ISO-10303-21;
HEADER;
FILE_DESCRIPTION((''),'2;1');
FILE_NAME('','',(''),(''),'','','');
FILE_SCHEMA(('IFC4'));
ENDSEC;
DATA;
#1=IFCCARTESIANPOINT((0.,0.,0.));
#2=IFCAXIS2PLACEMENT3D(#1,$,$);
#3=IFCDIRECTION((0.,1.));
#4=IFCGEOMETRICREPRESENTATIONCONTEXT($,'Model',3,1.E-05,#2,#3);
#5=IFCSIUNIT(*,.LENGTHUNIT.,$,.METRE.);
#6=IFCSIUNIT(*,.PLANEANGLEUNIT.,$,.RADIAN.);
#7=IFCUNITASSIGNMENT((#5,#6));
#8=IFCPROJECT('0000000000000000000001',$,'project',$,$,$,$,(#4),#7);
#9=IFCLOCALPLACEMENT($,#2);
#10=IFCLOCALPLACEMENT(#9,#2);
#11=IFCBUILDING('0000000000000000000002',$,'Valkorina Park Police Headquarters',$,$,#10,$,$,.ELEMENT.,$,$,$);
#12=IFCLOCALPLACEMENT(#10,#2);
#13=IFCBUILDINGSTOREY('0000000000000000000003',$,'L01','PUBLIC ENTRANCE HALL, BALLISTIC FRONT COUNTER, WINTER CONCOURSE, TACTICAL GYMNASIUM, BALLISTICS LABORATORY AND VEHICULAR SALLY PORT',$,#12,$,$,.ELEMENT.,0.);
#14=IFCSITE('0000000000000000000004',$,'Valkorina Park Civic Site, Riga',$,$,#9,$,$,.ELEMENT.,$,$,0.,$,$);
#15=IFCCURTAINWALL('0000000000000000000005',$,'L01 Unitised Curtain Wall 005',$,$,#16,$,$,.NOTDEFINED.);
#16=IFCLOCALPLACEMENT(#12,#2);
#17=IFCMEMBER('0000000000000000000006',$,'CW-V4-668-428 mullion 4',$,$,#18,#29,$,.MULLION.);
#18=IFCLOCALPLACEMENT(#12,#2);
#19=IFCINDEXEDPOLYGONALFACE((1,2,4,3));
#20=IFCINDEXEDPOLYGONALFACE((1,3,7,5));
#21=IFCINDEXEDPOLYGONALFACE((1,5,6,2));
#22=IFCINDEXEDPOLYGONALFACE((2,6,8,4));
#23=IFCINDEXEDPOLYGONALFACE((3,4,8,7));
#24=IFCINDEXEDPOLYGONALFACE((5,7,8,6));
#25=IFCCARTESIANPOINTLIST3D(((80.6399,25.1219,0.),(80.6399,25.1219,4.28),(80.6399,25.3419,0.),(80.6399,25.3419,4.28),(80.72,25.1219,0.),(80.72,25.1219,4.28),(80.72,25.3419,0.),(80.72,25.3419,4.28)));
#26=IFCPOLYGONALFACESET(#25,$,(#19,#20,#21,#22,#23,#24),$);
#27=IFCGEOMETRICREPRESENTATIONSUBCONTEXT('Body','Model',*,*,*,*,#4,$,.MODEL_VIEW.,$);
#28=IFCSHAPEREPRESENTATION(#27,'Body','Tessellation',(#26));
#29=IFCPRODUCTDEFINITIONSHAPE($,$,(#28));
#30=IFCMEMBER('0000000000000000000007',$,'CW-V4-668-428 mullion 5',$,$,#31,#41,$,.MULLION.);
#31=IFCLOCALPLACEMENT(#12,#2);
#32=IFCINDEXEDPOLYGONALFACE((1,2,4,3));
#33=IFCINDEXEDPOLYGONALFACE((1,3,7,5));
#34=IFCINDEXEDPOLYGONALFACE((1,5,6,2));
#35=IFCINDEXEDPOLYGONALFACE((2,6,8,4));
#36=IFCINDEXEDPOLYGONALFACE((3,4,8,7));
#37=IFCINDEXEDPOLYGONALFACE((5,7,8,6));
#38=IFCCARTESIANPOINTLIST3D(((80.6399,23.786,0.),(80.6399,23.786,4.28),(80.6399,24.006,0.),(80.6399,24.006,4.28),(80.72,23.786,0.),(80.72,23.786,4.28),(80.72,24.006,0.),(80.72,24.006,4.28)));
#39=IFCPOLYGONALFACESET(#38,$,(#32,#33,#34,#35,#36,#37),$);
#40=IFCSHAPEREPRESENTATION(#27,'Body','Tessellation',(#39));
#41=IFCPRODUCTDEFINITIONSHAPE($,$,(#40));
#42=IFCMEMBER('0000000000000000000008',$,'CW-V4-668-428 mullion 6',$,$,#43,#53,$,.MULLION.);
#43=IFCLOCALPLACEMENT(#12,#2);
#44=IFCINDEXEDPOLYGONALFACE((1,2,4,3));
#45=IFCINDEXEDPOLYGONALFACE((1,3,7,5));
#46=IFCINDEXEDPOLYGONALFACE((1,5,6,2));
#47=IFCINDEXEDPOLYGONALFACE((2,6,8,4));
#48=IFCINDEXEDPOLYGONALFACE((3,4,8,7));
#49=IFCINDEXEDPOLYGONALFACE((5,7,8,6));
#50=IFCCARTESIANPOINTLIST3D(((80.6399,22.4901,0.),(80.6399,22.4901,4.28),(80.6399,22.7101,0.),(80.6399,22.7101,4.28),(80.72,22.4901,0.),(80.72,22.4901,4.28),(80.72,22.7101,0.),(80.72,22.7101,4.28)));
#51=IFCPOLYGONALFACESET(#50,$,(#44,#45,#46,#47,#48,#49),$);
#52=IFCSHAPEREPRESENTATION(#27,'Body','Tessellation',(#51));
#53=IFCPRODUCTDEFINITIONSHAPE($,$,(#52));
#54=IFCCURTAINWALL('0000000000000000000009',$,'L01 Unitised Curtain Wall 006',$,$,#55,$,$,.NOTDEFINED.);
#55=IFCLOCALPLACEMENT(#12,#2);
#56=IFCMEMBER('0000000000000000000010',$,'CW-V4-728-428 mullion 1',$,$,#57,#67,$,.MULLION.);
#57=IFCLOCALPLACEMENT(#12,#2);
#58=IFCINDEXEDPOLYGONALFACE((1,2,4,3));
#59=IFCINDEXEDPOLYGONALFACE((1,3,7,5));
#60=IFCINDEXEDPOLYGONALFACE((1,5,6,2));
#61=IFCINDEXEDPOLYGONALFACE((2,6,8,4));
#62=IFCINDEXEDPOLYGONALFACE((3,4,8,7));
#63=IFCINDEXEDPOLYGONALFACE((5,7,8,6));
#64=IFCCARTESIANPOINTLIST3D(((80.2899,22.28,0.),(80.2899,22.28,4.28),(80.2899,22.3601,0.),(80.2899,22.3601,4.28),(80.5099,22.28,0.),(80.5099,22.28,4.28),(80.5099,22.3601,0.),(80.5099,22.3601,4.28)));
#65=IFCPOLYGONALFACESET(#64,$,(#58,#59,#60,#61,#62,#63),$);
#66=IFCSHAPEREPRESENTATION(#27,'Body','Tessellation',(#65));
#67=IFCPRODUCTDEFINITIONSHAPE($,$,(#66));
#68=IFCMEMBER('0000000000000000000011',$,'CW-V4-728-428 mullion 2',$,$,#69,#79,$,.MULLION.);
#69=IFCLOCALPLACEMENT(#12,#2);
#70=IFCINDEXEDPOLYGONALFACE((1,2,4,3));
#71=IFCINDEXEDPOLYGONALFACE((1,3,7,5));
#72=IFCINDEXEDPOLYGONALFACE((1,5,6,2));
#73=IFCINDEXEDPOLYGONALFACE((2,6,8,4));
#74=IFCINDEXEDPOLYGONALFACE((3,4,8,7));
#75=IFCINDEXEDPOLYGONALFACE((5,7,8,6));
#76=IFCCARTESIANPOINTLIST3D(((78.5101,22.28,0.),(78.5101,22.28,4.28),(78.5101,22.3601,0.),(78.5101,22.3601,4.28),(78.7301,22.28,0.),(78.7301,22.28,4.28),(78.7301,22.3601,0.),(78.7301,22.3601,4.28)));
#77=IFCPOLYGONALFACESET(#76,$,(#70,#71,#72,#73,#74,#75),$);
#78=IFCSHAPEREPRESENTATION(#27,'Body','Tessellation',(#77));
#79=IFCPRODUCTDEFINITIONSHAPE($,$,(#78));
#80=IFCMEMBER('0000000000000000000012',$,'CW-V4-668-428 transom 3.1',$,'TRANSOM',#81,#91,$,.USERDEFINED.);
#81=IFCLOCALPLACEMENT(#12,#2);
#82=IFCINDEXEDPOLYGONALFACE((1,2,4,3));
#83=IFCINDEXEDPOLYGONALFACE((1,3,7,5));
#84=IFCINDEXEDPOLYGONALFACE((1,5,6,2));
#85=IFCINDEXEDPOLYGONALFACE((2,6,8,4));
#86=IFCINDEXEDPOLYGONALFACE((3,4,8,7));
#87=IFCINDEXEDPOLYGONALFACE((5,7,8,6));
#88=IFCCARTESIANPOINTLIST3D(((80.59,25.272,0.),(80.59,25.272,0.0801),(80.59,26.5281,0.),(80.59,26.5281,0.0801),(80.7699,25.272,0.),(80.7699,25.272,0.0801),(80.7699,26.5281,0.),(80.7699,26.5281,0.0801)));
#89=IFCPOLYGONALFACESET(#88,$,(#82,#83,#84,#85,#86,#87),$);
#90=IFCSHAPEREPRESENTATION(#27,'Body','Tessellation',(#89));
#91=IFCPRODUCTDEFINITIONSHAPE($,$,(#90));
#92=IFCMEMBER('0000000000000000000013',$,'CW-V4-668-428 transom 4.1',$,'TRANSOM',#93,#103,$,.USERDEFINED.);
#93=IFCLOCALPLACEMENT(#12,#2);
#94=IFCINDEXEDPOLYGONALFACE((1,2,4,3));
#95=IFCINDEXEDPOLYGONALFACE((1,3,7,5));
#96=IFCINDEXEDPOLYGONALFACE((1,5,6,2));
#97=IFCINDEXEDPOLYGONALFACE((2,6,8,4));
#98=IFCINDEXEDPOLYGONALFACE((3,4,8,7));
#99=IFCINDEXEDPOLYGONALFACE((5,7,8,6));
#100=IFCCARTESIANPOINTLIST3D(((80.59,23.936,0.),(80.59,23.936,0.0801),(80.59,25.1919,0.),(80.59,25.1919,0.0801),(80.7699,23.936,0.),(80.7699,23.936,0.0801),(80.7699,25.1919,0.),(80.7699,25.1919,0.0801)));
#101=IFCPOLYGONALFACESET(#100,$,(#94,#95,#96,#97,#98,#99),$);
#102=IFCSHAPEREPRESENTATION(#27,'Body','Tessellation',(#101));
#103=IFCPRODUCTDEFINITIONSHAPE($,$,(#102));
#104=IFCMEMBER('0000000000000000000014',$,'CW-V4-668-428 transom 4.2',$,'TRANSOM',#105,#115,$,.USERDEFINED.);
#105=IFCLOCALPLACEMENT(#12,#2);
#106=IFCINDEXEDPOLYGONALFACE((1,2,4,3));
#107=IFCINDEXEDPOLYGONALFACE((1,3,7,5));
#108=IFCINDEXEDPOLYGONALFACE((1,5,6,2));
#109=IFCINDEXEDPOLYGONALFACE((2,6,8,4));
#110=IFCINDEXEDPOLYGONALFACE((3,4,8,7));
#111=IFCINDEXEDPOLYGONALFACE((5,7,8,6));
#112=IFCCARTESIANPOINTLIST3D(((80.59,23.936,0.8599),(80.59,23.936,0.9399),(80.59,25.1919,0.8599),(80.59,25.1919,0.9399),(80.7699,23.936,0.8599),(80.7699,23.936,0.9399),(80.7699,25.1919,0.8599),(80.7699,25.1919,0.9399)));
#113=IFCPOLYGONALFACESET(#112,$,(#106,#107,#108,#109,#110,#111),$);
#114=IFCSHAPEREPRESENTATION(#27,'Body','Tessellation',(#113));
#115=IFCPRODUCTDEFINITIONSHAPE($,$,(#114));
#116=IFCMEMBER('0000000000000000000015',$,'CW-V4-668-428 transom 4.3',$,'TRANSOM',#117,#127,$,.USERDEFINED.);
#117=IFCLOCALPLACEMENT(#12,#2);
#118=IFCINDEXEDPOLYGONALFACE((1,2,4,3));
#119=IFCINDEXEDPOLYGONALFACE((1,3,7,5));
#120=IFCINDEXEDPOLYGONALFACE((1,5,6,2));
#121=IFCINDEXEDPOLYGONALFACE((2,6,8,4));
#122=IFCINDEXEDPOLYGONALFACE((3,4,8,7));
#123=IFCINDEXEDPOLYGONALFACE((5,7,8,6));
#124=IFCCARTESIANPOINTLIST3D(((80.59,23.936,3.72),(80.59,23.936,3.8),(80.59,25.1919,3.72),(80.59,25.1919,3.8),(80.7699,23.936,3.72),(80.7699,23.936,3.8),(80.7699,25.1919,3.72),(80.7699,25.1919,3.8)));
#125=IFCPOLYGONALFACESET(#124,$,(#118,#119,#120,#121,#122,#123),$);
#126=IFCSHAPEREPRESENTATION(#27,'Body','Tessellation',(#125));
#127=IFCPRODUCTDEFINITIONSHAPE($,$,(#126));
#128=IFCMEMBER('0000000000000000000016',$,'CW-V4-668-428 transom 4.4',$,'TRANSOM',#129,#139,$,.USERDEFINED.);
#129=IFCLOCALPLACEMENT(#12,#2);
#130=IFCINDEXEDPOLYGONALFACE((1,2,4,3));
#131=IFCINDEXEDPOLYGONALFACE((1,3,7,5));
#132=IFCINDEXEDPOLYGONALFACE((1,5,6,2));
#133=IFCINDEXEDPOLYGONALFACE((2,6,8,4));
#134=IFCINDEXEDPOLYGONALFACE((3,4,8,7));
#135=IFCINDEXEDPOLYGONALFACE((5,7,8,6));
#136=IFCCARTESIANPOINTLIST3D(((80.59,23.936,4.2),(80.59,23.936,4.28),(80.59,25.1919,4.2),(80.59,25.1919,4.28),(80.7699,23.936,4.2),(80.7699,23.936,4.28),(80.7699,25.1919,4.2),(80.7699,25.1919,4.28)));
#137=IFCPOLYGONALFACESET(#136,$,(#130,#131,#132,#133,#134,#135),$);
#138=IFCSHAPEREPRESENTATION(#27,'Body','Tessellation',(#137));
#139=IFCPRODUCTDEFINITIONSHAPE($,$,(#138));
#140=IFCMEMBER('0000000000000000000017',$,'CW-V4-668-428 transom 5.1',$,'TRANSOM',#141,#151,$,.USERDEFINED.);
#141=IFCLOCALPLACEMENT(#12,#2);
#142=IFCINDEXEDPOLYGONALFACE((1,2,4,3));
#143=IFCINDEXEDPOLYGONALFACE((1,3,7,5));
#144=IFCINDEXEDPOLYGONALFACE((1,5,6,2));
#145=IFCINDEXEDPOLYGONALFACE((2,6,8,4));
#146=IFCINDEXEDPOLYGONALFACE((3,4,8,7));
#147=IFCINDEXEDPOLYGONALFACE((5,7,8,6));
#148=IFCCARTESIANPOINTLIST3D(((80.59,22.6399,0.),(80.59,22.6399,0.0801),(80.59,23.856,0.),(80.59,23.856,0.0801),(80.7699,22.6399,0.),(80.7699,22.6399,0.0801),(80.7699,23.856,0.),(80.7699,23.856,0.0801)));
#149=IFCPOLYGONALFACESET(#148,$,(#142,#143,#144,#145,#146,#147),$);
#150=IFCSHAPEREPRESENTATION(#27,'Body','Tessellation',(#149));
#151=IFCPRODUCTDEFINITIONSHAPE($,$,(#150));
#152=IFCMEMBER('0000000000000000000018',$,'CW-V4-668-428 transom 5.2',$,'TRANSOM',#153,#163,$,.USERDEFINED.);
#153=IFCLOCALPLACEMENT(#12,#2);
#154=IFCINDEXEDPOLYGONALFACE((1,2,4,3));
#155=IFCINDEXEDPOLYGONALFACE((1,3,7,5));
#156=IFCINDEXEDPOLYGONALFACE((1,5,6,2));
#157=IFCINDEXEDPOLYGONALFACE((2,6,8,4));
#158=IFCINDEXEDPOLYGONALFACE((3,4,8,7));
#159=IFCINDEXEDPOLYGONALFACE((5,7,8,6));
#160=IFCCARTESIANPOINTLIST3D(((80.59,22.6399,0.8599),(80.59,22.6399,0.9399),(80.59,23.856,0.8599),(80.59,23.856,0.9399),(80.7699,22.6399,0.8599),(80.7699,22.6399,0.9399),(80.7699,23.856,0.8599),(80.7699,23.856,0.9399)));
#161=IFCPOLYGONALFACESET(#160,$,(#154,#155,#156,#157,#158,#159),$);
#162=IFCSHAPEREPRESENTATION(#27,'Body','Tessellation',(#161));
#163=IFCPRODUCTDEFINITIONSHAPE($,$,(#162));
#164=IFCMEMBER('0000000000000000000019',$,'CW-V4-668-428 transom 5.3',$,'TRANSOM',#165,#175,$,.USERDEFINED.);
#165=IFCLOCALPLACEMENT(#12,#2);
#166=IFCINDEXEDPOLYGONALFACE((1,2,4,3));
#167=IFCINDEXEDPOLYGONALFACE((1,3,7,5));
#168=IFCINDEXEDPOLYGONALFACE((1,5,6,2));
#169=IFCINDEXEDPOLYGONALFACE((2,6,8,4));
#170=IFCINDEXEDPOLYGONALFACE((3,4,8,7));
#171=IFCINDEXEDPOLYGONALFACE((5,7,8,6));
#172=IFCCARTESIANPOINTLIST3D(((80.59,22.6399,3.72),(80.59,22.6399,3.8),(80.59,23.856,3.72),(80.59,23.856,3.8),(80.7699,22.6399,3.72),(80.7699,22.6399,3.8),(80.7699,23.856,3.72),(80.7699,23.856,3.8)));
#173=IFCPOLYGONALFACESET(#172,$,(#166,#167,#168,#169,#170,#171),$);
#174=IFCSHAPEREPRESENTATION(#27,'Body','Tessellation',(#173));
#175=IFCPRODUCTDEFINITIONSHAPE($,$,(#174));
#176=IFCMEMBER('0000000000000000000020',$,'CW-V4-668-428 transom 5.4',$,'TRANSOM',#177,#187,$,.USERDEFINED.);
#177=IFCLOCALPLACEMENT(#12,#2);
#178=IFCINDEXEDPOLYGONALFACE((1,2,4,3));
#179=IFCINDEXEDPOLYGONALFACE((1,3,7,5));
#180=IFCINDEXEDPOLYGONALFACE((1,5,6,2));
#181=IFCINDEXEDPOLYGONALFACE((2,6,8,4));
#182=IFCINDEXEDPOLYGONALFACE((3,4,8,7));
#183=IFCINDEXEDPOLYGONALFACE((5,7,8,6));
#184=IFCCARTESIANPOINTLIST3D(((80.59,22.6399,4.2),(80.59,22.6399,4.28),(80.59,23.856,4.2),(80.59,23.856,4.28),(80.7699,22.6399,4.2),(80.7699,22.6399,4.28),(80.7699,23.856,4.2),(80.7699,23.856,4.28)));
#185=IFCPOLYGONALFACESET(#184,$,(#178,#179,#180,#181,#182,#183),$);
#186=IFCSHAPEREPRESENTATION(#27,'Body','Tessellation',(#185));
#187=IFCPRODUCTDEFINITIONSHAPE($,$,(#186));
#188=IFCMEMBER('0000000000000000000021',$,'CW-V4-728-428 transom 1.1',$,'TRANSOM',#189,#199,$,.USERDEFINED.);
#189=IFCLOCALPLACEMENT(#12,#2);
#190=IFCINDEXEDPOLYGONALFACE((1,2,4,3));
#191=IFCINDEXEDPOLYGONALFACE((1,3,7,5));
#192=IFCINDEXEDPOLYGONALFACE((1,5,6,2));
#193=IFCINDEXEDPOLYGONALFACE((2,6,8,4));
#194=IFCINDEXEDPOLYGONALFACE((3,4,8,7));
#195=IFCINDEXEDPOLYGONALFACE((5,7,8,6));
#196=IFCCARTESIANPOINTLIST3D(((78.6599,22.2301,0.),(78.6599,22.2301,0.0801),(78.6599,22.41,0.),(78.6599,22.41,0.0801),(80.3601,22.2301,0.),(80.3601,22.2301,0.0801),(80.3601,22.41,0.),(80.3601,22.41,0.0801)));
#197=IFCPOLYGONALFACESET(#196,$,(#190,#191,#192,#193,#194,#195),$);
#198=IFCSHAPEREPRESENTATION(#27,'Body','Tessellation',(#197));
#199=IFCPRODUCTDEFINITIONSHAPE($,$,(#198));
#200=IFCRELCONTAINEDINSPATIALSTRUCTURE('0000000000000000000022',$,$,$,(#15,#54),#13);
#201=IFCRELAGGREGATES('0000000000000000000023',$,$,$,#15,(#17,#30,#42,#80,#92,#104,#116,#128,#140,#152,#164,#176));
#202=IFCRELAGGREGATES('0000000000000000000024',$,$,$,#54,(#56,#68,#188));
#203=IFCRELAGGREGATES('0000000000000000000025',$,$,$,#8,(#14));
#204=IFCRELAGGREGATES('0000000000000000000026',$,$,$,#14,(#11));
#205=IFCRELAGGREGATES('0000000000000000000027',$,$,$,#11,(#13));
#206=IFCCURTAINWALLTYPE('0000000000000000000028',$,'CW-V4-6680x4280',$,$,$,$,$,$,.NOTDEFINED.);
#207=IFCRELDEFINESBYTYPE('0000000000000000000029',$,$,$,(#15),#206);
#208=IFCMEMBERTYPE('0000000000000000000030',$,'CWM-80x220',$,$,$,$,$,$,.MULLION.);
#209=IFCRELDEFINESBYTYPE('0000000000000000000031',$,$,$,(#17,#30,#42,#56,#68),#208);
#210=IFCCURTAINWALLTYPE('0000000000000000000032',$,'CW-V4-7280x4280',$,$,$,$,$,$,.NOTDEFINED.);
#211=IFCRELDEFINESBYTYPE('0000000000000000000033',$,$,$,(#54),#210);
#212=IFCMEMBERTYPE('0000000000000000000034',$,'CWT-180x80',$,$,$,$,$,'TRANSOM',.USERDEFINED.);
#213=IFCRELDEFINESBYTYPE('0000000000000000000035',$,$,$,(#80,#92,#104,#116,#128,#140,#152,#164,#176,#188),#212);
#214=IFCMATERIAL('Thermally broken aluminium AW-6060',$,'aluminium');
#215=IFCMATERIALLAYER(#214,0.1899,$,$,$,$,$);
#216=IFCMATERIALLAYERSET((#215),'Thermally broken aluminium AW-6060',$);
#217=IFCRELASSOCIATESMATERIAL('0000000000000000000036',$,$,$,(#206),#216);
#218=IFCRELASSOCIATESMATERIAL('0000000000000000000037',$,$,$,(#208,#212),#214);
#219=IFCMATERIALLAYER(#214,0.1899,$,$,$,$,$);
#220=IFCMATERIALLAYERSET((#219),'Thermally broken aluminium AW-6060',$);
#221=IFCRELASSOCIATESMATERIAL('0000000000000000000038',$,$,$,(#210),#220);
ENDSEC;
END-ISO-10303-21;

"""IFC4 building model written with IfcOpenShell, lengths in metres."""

from ifc_helpers import new_model, si_unit, direction, frame, origin, origin_2d, place, context, subcontext, project, spatial, rectangle, extrude, material, layer, layer_set, material_profile, profile_set, type_object, element, aggregate, save


model = new_model("IFC4")

# Units and contexts
model_context = context("Model", 3, precision=1e-05, world=origin(), true_north=direction((0.0, 1.0)))
body_context = subcontext(model_context, "Body", "Model", "MODEL_VIEW")
ifc_project = project(units=[si_unit("LENGTHUNIT", "METRE"), si_unit("PLANEANGLEUNIT", "RADIAN")], contexts=[model_context])

# Site, building, storey
site_placement = place(None, origin())
site = spatial("IfcSite", under=ifc_project, at=site_placement, Name="Valkorina Park Civic Site, Riga", CompositionType="ELEMENT", RefElevation=0.0)
building_placement = place(site_placement, origin())
building = spatial("IfcBuilding", under=site, at=building_placement, Name="Valkorina Park Police Headquarters", CompositionType="ELEMENT")
storey_placement = place(building_placement, origin())
storey = spatial("IfcBuildingStorey", under=building, at=storey_placement, Name="L01", Description="PUBLIC ENTRANCE HALL, BALLISTIC FRONT COUNTER, WINTER CONCOURSE, TACTICAL GYMNASIUM, BALLISTICS LABORATORY AND VEHICULAR SALLY PORT", CompositionType="ELEMENT", Elevation=0.0)

# Curtain walls, members
ifc_material_1 = material(Name="Thermally broken aluminium AW-6060", Category="aluminium")
ifc_layer_1 = layer(ifc_material_1, 0.1899)
ifc_layer_set_1 = layer_set([ifc_layer_1], Name="Thermally broken aluminium AW-6060")
curtain_wall_type_1 = type_object("IfcCurtainWallType", Name="CW-V4-6680x4280", PredefinedType="NOTDEFINED", material=ifc_layer_set_1)
curtain_wall_1_placement = place(storey_placement, origin())
curtain_wall_1 = element("IfcCurtainWall", 1, at=curtain_wall_1_placement, inside=storey, type_object=curtain_wall_type_1, Name="L01 Unitised Curtain Wall 005", PredefinedType="NOTDEFINED")
ifc_material_profile_1 = material_profile(ifc_material_1, rectangle(XDim=0.0801, YDim=0.22, at=origin_2d()), Name="CWM-03 80x220")
ifc_profile_set_1 = profile_set([ifc_material_profile_1], Name="Thermally broken aluminium AW-6060")
member_type_1 = type_object("IfcMemberType", Name="CWM-80x220", PredefinedType="MULLION", material=ifc_profile_set_1)
member_1_placement = place(storey_placement, frame((80.6799, 25.2319, 0.0), z_axis=(0.0, 0.0, 1.0), x_axis=(1.0, 0.0, 0.0)))
member_1 = element("IfcMember", 2, at=member_1_placement, type_object=member_type_1, Name="CW-V4-668-428 mullion 4", PredefinedType="MULLION", context=body_context, shape_type="SweptSolid", body=[
    extrude(rectangle(XDim=0.0801, YDim=0.22, at=origin_2d()), origin(), (0.0, 0.0, 1.0), 4.28),
])
member_2_placement = place(storey_placement, frame((80.6799, 23.896, 0.0), z_axis=(0.0, 0.0, 1.0), x_axis=(1.0, 0.0, 0.0)))
member_2 = element("IfcMember", 3, at=member_2_placement, type_object=member_type_1, Name="CW-V4-668-428 mullion 5", PredefinedType="MULLION", context=body_context, shape_type="SweptSolid", body=[
    extrude(rectangle(XDim=0.0801, YDim=0.22, at=origin_2d()), origin(), (0.0, 0.0, 1.0), 4.28),
])
member_3_placement = place(storey_placement, frame((80.6799, 22.6001, 0.0), z_axis=(0.0, 0.0, 1.0), x_axis=(1.0, 0.0, 0.0)))
member_3 = element("IfcMember", 4, at=member_3_placement, type_object=member_type_1, Name="CW-V4-668-428 mullion 6", PredefinedType="MULLION", context=body_context, shape_type="SweptSolid", body=[
    extrude(rectangle(XDim=0.0801, YDim=0.22, at=origin_2d()), origin(), (0.0, 0.0, 1.0), 4.28),
])
ifc_layer_2 = layer(ifc_material_1, 0.1899)
ifc_layer_set_2 = layer_set([ifc_layer_2], Name="Thermally broken aluminium AW-6060")
curtain_wall_type_2 = type_object("IfcCurtainWallType", Name="CW-V4-7280x4280", PredefinedType="NOTDEFINED", material=ifc_layer_set_2)
curtain_wall_2_placement = place(storey_placement, origin())
curtain_wall_2 = element("IfcCurtainWall", 5, at=curtain_wall_2_placement, inside=storey, type_object=curtain_wall_type_2, Name="L01 Unitised Curtain Wall 006", PredefinedType="NOTDEFINED")
member_4_placement = place(storey_placement, frame((80.3999, 22.3201, 0.0), z_axis=(0.0, 0.0, 1.0), x_axis=(0.0, -1.0, 0.0)))
member_4 = element("IfcMember", 6, at=member_4_placement, type_object=member_type_1, Name="CW-V4-728-428 mullion 1", PredefinedType="MULLION", context=body_context, shape_type="SweptSolid", body=[
    extrude(rectangle(XDim=0.0801, YDim=0.22, at=origin_2d()), origin(), (0.0, 0.0, 1.0), 4.28),
])
member_5_placement = place(storey_placement, frame((78.6201, 22.3201, 0.0), z_axis=(0.0, 0.0, 1.0), x_axis=(0.0, -1.0, 0.0)))
member_5 = element("IfcMember", 7, at=member_5_placement, type_object=member_type_1, Name="CW-V4-728-428 mullion 2", PredefinedType="MULLION", context=body_context, shape_type="SweptSolid", body=[
    extrude(rectangle(XDim=0.0801, YDim=0.22, at=origin_2d()), origin(), (0.0, 0.0, 1.0), 4.28),
])

# Members
ifc_material_profile_2 = material_profile(ifc_material_1, rectangle(XDim=0.1799, YDim=0.0801, at=origin_2d()), Name="CWT-03 180x80")
ifc_profile_set_2 = profile_set([ifc_material_profile_2], Name="Thermally broken aluminium AW-6060")
member_type_2 = type_object("IfcMemberType", Name="CWT-180x80", ElementType="TRANSOM", PredefinedType="USERDEFINED", material=ifc_profile_set_2)
member_6_placement = place(storey_placement, frame((80.6799, 26.5281, 0.04), z_axis=(0.0, -1.0, 0.0), x_axis=(1.0, 0.0, 0.0)))
member_6 = element("IfcMember", 8, at=member_6_placement, type_object=member_type_2, Name="CW-V4-668-428 transom 3.1", ObjectType="TRANSOM", PredefinedType="USERDEFINED", context=body_context, shape_type="SweptSolid", body=[
    extrude(rectangle(XDim=0.1799, YDim=0.0801, at=origin_2d()), origin(), (0.0, 0.0, 1.0), 1.2561),
])
member_7_placement = place(storey_placement, frame((80.6799, 25.1919, 0.04), z_axis=(0.0, -1.0, 0.0), x_axis=(1.0, 0.0, 0.0)))
member_7 = element("IfcMember", 9, at=member_7_placement, type_object=member_type_2, Name="CW-V4-668-428 transom 4.1", ObjectType="TRANSOM", PredefinedType="USERDEFINED", context=body_context, shape_type="SweptSolid", body=[
    extrude(rectangle(XDim=0.1799, YDim=0.0801, at=origin_2d()), origin(), (0.0, 0.0, 1.0), 1.2559),
])
member_8_placement = place(storey_placement, frame((80.6799, 25.1919, 0.8999), z_axis=(0.0, -1.0, 0.0), x_axis=(1.0, 0.0, 0.0)))
member_8 = element("IfcMember", 10, at=member_8_placement, type_object=member_type_2, Name="CW-V4-668-428 transom 4.2", ObjectType="TRANSOM", PredefinedType="USERDEFINED", context=body_context, shape_type="SweptSolid", body=[
    extrude(rectangle(XDim=0.1799, YDim=0.0801, at=origin_2d()), origin(), (0.0, 0.0, 1.0), 1.2559),
])
member_9_placement = place(storey_placement, frame((80.6799, 25.1919, 3.76), z_axis=(0.0, -1.0, 0.0), x_axis=(1.0, 0.0, 0.0)))
member_9 = element("IfcMember", 11, at=member_9_placement, type_object=member_type_2, Name="CW-V4-668-428 transom 4.3", ObjectType="TRANSOM", PredefinedType="USERDEFINED", context=body_context, shape_type="SweptSolid", body=[
    extrude(rectangle(XDim=0.1799, YDim=0.0801, at=origin_2d()), origin(), (0.0, 0.0, 1.0), 1.2559),
])
member_10_placement = place(storey_placement, frame((80.6799, 25.1919, 4.24), z_axis=(0.0, -1.0, 0.0), x_axis=(1.0, 0.0, 0.0)))
member_10 = element("IfcMember", 12, at=member_10_placement, type_object=member_type_2, Name="CW-V4-668-428 transom 4.4", ObjectType="TRANSOM", PredefinedType="USERDEFINED", context=body_context, shape_type="SweptSolid", body=[
    extrude(rectangle(XDim=0.1799, YDim=0.0801, at=origin_2d()), origin(), (0.0, 0.0, 1.0), 1.2559),
])
member_11_placement = place(storey_placement, frame((80.6799, 23.856, 0.04), z_axis=(0.0, -1.0, 0.0), x_axis=(1.0, 0.0, 0.0)))
member_11 = element("IfcMember", 13, at=member_11_placement, type_object=member_type_2, Name="CW-V4-668-428 transom 5.1", ObjectType="TRANSOM", PredefinedType="USERDEFINED", context=body_context, shape_type="SweptSolid", body=[
    extrude(rectangle(XDim=0.1799, YDim=0.0801, at=origin_2d()), origin(), (0.0, 0.0, 1.0), 1.2161),
])
member_12_placement = place(storey_placement, frame((80.6799, 23.856, 0.8999), z_axis=(0.0, -1.0, 0.0), x_axis=(1.0, 0.0, 0.0)))
member_12 = element("IfcMember", 14, at=member_12_placement, type_object=member_type_2, Name="CW-V4-668-428 transom 5.2", ObjectType="TRANSOM", PredefinedType="USERDEFINED", context=body_context, shape_type="SweptSolid", body=[
    extrude(rectangle(XDim=0.1799, YDim=0.0801, at=origin_2d()), origin(), (0.0, 0.0, 1.0), 1.2161),
])
member_13_placement = place(storey_placement, frame((80.6799, 23.856, 3.76), z_axis=(0.0, -1.0, 0.0), x_axis=(1.0, 0.0, 0.0)))
member_13 = element("IfcMember", 15, at=member_13_placement, type_object=member_type_2, Name="CW-V4-668-428 transom 5.3", ObjectType="TRANSOM", PredefinedType="USERDEFINED", context=body_context, shape_type="SweptSolid", body=[
    extrude(rectangle(XDim=0.1799, YDim=0.0801, at=origin_2d()), origin(), (0.0, 0.0, 1.0), 1.2161),
])
member_14_placement = place(storey_placement, frame((80.6799, 23.856, 4.24), z_axis=(0.0, -1.0, 0.0), x_axis=(1.0, 0.0, 0.0)))
member_14 = element("IfcMember", 16, at=member_14_placement, type_object=member_type_2, Name="CW-V4-668-428 transom 5.4", ObjectType="TRANSOM", PredefinedType="USERDEFINED", context=body_context, shape_type="SweptSolid", body=[
    extrude(rectangle(XDim=0.1799, YDim=0.0801, at=origin_2d()), origin(), (0.0, 0.0, 1.0), 1.2161),
])
member_15_placement = place(storey_placement, frame((80.3601, 22.3201, 0.04), z_axis=(-1.0, 0.0, 0.0), x_axis=(0.0, -1.0, 0.0)))
member_15 = element("IfcMember", 17, at=member_15_placement, type_object=member_type_2, Name="CW-V4-728-428 transom 1.1", ObjectType="TRANSOM", PredefinedType="USERDEFINED", context=body_context, shape_type="SweptSolid", body=[
    extrude(rectangle(XDim=0.1799, YDim=0.0801, at=origin_2d()), origin(), (0.0, 0.0, 1.0), 1.7002),
])

aggregate(curtain_wall_1, [member_1, member_2, member_3, member_6, member_7, member_8, member_9, member_10, member_11, member_12, member_13, member_14])
aggregate(curtain_wall_2, [member_4, member_5, member_15])

save(model, "model.ifc")
